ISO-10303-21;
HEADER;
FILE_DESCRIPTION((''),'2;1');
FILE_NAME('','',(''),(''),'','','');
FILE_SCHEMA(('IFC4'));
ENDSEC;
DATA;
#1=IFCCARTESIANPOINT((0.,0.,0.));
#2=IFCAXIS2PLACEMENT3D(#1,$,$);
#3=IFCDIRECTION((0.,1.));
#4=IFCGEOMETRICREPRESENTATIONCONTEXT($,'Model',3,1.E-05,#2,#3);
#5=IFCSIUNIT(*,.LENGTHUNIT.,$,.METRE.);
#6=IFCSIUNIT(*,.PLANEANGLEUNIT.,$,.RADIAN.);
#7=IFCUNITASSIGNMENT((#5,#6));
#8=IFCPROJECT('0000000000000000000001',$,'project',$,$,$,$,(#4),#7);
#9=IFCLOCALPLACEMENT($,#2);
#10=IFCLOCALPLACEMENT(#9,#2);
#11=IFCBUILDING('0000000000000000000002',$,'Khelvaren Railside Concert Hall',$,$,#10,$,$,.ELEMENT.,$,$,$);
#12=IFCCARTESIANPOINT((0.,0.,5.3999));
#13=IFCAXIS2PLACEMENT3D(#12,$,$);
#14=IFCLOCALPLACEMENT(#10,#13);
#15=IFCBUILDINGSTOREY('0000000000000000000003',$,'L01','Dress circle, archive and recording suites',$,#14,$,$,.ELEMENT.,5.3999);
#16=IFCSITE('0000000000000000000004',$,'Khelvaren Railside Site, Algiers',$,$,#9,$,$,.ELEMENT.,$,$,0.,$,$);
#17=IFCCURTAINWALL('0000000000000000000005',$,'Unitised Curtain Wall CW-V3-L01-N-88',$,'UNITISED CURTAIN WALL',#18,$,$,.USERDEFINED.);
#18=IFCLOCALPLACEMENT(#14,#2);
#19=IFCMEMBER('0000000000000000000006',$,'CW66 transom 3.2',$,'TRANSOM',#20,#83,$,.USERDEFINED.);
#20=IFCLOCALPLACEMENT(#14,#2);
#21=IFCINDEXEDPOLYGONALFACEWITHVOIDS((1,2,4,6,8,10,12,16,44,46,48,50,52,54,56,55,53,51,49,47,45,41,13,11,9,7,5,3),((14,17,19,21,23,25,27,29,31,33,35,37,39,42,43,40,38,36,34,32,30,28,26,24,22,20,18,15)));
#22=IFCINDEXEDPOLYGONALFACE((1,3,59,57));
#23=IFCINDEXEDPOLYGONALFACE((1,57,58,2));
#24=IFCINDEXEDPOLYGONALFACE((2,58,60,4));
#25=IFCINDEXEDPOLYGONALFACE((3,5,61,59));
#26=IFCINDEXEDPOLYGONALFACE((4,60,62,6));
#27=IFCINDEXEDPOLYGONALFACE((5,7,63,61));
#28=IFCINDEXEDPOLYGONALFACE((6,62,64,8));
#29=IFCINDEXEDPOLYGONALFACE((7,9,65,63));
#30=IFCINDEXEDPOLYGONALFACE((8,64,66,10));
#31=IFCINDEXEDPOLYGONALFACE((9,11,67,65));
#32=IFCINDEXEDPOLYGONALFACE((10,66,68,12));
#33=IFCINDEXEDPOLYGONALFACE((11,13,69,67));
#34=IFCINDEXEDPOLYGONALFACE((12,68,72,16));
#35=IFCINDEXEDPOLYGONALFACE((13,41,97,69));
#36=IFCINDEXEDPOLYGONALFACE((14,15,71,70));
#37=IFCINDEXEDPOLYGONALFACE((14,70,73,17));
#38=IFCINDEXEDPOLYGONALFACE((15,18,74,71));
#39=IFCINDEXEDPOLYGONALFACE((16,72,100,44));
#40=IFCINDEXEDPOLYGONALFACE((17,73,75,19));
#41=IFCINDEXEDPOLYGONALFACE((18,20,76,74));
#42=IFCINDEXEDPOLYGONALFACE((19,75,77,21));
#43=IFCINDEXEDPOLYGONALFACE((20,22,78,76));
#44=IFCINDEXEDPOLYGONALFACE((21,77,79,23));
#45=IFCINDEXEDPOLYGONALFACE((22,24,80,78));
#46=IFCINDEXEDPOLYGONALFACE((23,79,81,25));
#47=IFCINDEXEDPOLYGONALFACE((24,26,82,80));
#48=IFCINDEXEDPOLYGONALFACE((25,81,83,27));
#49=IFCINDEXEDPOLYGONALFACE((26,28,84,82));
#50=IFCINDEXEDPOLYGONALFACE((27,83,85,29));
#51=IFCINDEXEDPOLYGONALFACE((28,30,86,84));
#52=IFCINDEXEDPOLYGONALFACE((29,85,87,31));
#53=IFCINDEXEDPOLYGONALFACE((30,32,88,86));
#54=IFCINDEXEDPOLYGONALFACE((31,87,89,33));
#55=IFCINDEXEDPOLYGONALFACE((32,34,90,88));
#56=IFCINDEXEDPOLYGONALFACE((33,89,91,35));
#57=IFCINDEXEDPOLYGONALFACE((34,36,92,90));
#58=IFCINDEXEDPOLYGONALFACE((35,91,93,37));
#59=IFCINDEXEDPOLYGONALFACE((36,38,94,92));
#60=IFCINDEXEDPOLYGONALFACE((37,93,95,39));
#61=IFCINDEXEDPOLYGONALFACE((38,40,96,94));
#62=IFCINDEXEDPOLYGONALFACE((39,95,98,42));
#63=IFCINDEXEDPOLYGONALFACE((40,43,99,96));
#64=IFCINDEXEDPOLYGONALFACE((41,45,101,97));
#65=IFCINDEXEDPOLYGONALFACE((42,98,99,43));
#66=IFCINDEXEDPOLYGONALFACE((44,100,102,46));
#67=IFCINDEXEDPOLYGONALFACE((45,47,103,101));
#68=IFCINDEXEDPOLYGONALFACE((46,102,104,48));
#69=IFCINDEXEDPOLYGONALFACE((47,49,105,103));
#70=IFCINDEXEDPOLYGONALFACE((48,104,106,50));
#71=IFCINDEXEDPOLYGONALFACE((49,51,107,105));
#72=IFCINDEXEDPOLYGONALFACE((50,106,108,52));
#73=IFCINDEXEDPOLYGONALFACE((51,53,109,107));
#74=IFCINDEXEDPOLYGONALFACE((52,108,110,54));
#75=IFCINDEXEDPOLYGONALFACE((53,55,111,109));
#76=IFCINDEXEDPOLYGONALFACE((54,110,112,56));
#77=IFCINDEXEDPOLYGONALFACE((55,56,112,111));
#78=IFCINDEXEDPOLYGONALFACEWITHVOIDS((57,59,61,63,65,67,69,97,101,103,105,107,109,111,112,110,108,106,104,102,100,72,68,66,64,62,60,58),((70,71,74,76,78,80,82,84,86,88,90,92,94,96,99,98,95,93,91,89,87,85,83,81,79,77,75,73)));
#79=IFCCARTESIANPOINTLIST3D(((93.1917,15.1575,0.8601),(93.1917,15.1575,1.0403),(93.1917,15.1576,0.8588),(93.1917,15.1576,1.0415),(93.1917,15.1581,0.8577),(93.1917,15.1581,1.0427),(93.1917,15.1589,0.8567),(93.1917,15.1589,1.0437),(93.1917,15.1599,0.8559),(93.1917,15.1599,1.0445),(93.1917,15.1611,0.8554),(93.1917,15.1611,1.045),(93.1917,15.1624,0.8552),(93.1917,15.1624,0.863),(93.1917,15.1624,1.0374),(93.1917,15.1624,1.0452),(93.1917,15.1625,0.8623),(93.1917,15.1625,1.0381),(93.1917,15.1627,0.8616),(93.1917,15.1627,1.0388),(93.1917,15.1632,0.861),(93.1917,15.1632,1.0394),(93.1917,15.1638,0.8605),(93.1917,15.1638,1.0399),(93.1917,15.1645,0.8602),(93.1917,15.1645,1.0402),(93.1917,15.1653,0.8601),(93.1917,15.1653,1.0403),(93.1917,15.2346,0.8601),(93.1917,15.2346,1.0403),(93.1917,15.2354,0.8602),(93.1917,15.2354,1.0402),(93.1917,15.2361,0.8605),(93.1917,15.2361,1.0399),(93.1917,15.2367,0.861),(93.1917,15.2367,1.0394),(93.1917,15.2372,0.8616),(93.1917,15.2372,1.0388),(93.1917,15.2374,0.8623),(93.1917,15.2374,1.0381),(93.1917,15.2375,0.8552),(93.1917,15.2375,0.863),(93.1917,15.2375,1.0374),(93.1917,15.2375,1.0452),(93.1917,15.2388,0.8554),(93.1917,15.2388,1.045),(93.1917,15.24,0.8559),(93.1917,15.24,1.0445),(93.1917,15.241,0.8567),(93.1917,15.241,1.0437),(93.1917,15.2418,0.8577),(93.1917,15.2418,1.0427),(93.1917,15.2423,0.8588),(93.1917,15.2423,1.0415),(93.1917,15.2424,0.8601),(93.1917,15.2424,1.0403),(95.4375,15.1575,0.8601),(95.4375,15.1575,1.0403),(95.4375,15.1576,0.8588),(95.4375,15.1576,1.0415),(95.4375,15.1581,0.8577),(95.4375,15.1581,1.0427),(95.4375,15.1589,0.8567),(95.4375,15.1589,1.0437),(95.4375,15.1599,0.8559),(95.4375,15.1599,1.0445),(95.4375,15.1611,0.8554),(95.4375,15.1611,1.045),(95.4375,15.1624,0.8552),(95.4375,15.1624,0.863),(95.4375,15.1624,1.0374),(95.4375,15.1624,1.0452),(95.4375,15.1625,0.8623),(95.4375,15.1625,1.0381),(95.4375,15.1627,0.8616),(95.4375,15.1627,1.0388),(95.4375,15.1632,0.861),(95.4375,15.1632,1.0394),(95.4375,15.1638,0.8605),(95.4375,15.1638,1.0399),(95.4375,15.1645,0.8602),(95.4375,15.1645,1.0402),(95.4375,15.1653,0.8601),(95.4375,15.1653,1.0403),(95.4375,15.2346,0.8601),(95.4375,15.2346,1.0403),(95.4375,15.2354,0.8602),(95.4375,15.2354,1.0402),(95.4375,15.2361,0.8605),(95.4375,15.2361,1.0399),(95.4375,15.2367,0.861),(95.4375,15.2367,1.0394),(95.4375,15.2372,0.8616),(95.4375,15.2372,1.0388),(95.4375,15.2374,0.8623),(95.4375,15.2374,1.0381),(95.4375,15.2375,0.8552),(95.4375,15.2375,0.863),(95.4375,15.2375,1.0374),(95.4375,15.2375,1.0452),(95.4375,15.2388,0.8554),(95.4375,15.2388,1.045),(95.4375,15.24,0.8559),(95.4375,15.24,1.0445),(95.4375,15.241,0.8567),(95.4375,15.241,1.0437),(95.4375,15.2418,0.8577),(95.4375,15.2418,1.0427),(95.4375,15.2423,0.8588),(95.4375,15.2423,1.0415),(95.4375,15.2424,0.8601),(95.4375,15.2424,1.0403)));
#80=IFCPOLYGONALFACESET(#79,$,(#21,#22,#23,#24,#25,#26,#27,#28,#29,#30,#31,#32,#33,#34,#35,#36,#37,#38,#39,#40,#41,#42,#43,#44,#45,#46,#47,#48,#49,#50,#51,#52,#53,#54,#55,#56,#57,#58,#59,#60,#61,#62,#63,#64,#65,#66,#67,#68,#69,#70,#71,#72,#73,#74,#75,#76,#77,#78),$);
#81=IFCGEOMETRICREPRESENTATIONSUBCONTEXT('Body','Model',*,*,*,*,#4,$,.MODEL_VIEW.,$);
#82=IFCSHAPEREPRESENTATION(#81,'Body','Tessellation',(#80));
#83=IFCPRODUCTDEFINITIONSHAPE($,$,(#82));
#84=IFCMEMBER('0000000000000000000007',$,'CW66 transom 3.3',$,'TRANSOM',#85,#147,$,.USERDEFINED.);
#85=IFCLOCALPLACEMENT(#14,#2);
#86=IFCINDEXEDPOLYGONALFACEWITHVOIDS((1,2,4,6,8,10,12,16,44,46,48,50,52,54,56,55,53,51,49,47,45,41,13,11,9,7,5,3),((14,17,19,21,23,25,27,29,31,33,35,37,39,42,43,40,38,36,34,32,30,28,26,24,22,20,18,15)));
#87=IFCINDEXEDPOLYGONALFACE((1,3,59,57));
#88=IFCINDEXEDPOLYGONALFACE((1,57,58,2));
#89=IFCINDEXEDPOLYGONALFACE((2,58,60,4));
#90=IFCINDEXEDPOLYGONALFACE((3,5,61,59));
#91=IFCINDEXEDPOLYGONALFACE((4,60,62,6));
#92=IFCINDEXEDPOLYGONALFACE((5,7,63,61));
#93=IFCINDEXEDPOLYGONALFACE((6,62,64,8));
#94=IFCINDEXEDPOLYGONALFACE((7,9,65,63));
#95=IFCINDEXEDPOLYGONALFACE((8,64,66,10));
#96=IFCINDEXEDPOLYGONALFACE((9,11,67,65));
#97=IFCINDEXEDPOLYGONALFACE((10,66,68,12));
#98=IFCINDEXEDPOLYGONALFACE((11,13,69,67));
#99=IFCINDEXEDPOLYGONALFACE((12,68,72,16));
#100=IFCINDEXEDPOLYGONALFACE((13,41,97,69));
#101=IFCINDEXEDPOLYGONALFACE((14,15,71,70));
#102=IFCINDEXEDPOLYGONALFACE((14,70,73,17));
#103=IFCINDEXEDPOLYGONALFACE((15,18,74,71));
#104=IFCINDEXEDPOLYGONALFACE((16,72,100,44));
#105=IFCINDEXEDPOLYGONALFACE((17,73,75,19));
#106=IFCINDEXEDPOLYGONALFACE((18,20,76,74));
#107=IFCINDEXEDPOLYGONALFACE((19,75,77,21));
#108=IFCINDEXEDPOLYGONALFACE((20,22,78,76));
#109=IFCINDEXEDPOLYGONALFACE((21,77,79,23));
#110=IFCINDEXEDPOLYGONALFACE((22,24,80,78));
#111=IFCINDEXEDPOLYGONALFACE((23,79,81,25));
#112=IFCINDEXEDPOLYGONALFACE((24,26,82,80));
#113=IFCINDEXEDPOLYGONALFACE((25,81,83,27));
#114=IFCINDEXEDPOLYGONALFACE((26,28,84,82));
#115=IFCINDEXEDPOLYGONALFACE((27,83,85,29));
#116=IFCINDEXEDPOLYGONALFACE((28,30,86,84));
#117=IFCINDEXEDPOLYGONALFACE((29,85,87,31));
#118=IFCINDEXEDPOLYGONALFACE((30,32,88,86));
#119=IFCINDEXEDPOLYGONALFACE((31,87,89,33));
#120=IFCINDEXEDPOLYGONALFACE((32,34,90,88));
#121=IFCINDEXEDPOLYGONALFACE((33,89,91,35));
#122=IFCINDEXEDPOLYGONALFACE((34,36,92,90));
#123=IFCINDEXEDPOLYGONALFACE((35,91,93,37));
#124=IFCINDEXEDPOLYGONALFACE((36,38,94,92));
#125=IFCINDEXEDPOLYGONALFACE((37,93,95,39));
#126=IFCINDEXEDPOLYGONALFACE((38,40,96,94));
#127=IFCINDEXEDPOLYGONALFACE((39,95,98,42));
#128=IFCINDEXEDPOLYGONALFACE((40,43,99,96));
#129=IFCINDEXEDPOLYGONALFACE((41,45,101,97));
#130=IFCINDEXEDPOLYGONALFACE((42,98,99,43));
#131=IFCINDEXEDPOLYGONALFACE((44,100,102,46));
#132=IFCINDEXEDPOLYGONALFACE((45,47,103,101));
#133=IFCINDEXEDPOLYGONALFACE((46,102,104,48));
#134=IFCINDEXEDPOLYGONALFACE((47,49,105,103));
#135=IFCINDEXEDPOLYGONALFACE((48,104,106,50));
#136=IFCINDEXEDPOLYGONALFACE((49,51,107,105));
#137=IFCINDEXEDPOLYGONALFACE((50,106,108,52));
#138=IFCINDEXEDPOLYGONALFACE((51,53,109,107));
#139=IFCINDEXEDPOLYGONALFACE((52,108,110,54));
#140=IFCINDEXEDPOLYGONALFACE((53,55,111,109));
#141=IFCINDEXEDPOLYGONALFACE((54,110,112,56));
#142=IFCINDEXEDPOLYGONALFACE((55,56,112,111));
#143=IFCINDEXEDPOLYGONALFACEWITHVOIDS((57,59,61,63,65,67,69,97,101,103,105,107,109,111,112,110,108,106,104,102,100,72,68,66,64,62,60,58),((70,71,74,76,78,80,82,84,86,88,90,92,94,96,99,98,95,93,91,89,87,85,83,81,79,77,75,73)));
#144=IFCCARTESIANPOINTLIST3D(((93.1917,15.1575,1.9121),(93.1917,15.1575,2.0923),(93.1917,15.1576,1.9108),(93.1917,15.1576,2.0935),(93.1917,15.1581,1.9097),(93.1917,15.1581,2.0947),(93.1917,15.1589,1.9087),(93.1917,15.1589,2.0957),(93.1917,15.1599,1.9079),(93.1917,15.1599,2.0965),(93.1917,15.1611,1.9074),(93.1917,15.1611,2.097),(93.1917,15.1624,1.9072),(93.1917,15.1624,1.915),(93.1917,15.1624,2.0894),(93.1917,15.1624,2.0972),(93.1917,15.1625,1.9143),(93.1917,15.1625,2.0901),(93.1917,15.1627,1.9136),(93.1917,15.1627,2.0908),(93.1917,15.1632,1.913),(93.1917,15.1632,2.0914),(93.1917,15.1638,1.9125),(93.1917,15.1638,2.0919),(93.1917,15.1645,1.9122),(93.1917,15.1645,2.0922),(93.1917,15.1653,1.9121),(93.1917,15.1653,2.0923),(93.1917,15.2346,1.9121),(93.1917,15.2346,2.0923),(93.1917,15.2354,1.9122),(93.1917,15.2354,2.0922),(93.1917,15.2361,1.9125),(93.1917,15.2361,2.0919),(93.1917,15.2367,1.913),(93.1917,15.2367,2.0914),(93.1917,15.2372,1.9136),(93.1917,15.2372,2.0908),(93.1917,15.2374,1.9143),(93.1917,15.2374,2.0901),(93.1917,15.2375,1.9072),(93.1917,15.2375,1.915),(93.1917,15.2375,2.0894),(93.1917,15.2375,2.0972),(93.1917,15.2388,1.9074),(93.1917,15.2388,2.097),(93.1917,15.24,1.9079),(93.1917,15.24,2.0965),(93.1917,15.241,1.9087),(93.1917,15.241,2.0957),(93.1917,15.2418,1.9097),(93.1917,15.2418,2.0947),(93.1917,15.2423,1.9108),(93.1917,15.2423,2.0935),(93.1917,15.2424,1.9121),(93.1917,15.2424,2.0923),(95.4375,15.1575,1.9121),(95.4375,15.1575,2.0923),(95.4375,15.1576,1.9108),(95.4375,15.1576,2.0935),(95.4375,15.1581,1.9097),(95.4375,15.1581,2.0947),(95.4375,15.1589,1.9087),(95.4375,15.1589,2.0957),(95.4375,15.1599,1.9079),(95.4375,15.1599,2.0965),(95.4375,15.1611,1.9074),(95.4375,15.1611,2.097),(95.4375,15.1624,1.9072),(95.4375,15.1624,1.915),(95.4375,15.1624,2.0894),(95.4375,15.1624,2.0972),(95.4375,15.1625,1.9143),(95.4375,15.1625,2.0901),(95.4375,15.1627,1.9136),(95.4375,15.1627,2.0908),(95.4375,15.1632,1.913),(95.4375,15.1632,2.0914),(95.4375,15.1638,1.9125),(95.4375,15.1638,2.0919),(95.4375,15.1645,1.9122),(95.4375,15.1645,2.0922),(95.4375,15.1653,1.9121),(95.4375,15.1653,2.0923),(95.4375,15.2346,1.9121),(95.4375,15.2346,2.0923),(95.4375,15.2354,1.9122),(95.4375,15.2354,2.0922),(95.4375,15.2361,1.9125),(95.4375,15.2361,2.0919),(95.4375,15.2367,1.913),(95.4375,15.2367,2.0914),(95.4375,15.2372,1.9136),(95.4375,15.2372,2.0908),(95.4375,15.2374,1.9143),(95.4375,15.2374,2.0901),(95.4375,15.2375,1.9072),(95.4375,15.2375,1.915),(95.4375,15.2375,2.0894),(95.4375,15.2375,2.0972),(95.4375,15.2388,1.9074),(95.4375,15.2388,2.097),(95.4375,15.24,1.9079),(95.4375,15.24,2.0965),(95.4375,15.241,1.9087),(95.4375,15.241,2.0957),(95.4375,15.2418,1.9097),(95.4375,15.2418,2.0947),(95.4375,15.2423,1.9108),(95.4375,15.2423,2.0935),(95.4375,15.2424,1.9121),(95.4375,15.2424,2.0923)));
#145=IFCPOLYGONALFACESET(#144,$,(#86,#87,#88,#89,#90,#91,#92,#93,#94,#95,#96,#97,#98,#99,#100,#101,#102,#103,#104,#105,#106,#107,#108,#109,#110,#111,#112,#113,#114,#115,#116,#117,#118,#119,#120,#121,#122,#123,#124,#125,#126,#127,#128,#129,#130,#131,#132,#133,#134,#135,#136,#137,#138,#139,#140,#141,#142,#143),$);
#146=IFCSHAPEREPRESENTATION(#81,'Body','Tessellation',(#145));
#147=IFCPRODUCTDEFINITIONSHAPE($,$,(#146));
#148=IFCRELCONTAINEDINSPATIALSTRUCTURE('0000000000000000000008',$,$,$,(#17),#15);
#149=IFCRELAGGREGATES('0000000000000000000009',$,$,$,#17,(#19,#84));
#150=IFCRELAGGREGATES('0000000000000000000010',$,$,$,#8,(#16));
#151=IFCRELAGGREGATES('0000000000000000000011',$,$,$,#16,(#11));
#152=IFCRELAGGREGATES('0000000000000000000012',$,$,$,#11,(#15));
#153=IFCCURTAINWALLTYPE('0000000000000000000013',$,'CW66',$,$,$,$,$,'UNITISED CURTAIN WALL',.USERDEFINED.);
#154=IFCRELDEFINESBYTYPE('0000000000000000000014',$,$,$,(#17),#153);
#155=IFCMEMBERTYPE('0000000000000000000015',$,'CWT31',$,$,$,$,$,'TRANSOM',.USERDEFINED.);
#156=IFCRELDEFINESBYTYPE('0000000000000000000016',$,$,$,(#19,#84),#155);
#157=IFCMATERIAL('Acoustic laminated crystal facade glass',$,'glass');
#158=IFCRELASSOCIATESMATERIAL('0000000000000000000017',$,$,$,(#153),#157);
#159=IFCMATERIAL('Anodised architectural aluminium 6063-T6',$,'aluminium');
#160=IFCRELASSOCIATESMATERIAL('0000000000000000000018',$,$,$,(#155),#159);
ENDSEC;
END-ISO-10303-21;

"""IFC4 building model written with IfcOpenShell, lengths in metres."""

from ifc_helpers import new_model, si_unit, direction, frame, origin, origin_2d, place, context, subcontext, project, spatial, hollow_rectangle, extrude, material, material_profile, profile_set, type_object, element, aggregate, save


model = new_model("IFC4")

# Units and contexts
model_context = context("Model", 3, precision=1e-05, world=origin(), true_north=direction((0.0, 1.0)))
body_context = subcontext(model_context, "Body", "Model", "MODEL_VIEW")
ifc_project = project(units=[si_unit("LENGTHUNIT", "METRE"), si_unit("PLANEANGLEUNIT", "RADIAN")], contexts=[model_context])

# Site, building, storey
site_placement = place(None, origin())
site = spatial("IfcSite", under=ifc_project, at=site_placement, Name="Khelvaren Railside Site, Algiers", CompositionType="ELEMENT", RefElevation=0.0)
building_placement = place(site_placement, origin())
building = spatial("IfcBuilding", under=site, at=building_placement, Name="Khelvaren Railside Concert Hall", CompositionType="ELEMENT")
storey_placement = place(building_placement, frame((0.0, 0.0, 5.3999)))
storey = spatial("IfcBuildingStorey", under=building, at=storey_placement, Name="L01", Description="Dress circle, archive and recording suites", CompositionType="ELEMENT", Elevation=5.3999)

# Curtain wall
ifc_material_1 = material(Name="Acoustic laminated crystal facade glass", Category="glass")
curtain_wall_type_1 = type_object("IfcCurtainWallType", Name="CW66", ElementType="UNITISED CURTAIN WALL", PredefinedType="USERDEFINED", material=ifc_material_1)
curtain_wall_1_placement = place(storey_placement, origin())
curtain_wall_1 = element("IfcCurtainWall", 1, at=curtain_wall_1_placement, inside=storey, type_object=curtain_wall_type_1, Name="Unitised Curtain Wall CW-V3-L01-N-88", ObjectType="UNITISED CURTAIN WALL", PredefinedType="USERDEFINED")
ifc_material_2 = material(Name="Anodised architectural aluminium 6063-T6", Category="aluminium")

# Members
ifc_material_profile_1 = material_profile(ifc_material_2, hollow_rectangle(XDim=0.085, YDim=0.1899, WallThickness=0.0049, InnerFilletRadius=0.0029, OuterFilletRadius=0.0049, at=origin_2d()), Name="CWT 85x190x5")
ifc_profile_set_1 = profile_set([ifc_material_profile_1], Name="Anodised architectural aluminium 6063-T6")
member_type_1 = type_object("IfcMemberType", Name="CWT31", ElementType="TRANSOM", PredefinedType="USERDEFINED", material=ifc_profile_set_1)
member_1_placement = place(storey_placement, frame((93.1917, 15.2, 0.9502), z_axis=(1.0, 0.0, 0.0), x_axis=(0.0, 1.0, 0.0)))
member_1 = element("IfcMember", 2, at=member_1_placement, type_object=member_type_1, Name="CW66 transom 3.2", ObjectType="TRANSOM", PredefinedType="USERDEFINED", context=body_context, shape_type="SweptSolid", body=[
    extrude(hollow_rectangle(XDim=0.085, YDim=0.1899, WallThickness=0.0049, InnerFilletRadius=0.0029, OuterFilletRadius=0.0049, at=origin_2d()), origin(), (0.0, 0.0, 1.0), 2.2458),
])
member_2_placement = place(storey_placement, frame((93.1917, 15.2, 2.0022), z_axis=(1.0, 0.0, 0.0), x_axis=(0.0, 1.0, 0.0)))
member_2 = element("IfcMember", 3, at=member_2_placement, type_object=member_type_1, Name="CW66 transom 3.3", ObjectType="TRANSOM", PredefinedType="USERDEFINED", context=body_context, shape_type="SweptSolid", body=[
    extrude(hollow_rectangle(XDim=0.085, YDim=0.1899, WallThickness=0.0049, InnerFilletRadius=0.0029, OuterFilletRadius=0.0049, at=origin_2d()), origin(), (0.0, 0.0, 1.0), 2.2458),
])

aggregate(curtain_wall_1, [member_1, member_2])

save(model, "model.ifc")
